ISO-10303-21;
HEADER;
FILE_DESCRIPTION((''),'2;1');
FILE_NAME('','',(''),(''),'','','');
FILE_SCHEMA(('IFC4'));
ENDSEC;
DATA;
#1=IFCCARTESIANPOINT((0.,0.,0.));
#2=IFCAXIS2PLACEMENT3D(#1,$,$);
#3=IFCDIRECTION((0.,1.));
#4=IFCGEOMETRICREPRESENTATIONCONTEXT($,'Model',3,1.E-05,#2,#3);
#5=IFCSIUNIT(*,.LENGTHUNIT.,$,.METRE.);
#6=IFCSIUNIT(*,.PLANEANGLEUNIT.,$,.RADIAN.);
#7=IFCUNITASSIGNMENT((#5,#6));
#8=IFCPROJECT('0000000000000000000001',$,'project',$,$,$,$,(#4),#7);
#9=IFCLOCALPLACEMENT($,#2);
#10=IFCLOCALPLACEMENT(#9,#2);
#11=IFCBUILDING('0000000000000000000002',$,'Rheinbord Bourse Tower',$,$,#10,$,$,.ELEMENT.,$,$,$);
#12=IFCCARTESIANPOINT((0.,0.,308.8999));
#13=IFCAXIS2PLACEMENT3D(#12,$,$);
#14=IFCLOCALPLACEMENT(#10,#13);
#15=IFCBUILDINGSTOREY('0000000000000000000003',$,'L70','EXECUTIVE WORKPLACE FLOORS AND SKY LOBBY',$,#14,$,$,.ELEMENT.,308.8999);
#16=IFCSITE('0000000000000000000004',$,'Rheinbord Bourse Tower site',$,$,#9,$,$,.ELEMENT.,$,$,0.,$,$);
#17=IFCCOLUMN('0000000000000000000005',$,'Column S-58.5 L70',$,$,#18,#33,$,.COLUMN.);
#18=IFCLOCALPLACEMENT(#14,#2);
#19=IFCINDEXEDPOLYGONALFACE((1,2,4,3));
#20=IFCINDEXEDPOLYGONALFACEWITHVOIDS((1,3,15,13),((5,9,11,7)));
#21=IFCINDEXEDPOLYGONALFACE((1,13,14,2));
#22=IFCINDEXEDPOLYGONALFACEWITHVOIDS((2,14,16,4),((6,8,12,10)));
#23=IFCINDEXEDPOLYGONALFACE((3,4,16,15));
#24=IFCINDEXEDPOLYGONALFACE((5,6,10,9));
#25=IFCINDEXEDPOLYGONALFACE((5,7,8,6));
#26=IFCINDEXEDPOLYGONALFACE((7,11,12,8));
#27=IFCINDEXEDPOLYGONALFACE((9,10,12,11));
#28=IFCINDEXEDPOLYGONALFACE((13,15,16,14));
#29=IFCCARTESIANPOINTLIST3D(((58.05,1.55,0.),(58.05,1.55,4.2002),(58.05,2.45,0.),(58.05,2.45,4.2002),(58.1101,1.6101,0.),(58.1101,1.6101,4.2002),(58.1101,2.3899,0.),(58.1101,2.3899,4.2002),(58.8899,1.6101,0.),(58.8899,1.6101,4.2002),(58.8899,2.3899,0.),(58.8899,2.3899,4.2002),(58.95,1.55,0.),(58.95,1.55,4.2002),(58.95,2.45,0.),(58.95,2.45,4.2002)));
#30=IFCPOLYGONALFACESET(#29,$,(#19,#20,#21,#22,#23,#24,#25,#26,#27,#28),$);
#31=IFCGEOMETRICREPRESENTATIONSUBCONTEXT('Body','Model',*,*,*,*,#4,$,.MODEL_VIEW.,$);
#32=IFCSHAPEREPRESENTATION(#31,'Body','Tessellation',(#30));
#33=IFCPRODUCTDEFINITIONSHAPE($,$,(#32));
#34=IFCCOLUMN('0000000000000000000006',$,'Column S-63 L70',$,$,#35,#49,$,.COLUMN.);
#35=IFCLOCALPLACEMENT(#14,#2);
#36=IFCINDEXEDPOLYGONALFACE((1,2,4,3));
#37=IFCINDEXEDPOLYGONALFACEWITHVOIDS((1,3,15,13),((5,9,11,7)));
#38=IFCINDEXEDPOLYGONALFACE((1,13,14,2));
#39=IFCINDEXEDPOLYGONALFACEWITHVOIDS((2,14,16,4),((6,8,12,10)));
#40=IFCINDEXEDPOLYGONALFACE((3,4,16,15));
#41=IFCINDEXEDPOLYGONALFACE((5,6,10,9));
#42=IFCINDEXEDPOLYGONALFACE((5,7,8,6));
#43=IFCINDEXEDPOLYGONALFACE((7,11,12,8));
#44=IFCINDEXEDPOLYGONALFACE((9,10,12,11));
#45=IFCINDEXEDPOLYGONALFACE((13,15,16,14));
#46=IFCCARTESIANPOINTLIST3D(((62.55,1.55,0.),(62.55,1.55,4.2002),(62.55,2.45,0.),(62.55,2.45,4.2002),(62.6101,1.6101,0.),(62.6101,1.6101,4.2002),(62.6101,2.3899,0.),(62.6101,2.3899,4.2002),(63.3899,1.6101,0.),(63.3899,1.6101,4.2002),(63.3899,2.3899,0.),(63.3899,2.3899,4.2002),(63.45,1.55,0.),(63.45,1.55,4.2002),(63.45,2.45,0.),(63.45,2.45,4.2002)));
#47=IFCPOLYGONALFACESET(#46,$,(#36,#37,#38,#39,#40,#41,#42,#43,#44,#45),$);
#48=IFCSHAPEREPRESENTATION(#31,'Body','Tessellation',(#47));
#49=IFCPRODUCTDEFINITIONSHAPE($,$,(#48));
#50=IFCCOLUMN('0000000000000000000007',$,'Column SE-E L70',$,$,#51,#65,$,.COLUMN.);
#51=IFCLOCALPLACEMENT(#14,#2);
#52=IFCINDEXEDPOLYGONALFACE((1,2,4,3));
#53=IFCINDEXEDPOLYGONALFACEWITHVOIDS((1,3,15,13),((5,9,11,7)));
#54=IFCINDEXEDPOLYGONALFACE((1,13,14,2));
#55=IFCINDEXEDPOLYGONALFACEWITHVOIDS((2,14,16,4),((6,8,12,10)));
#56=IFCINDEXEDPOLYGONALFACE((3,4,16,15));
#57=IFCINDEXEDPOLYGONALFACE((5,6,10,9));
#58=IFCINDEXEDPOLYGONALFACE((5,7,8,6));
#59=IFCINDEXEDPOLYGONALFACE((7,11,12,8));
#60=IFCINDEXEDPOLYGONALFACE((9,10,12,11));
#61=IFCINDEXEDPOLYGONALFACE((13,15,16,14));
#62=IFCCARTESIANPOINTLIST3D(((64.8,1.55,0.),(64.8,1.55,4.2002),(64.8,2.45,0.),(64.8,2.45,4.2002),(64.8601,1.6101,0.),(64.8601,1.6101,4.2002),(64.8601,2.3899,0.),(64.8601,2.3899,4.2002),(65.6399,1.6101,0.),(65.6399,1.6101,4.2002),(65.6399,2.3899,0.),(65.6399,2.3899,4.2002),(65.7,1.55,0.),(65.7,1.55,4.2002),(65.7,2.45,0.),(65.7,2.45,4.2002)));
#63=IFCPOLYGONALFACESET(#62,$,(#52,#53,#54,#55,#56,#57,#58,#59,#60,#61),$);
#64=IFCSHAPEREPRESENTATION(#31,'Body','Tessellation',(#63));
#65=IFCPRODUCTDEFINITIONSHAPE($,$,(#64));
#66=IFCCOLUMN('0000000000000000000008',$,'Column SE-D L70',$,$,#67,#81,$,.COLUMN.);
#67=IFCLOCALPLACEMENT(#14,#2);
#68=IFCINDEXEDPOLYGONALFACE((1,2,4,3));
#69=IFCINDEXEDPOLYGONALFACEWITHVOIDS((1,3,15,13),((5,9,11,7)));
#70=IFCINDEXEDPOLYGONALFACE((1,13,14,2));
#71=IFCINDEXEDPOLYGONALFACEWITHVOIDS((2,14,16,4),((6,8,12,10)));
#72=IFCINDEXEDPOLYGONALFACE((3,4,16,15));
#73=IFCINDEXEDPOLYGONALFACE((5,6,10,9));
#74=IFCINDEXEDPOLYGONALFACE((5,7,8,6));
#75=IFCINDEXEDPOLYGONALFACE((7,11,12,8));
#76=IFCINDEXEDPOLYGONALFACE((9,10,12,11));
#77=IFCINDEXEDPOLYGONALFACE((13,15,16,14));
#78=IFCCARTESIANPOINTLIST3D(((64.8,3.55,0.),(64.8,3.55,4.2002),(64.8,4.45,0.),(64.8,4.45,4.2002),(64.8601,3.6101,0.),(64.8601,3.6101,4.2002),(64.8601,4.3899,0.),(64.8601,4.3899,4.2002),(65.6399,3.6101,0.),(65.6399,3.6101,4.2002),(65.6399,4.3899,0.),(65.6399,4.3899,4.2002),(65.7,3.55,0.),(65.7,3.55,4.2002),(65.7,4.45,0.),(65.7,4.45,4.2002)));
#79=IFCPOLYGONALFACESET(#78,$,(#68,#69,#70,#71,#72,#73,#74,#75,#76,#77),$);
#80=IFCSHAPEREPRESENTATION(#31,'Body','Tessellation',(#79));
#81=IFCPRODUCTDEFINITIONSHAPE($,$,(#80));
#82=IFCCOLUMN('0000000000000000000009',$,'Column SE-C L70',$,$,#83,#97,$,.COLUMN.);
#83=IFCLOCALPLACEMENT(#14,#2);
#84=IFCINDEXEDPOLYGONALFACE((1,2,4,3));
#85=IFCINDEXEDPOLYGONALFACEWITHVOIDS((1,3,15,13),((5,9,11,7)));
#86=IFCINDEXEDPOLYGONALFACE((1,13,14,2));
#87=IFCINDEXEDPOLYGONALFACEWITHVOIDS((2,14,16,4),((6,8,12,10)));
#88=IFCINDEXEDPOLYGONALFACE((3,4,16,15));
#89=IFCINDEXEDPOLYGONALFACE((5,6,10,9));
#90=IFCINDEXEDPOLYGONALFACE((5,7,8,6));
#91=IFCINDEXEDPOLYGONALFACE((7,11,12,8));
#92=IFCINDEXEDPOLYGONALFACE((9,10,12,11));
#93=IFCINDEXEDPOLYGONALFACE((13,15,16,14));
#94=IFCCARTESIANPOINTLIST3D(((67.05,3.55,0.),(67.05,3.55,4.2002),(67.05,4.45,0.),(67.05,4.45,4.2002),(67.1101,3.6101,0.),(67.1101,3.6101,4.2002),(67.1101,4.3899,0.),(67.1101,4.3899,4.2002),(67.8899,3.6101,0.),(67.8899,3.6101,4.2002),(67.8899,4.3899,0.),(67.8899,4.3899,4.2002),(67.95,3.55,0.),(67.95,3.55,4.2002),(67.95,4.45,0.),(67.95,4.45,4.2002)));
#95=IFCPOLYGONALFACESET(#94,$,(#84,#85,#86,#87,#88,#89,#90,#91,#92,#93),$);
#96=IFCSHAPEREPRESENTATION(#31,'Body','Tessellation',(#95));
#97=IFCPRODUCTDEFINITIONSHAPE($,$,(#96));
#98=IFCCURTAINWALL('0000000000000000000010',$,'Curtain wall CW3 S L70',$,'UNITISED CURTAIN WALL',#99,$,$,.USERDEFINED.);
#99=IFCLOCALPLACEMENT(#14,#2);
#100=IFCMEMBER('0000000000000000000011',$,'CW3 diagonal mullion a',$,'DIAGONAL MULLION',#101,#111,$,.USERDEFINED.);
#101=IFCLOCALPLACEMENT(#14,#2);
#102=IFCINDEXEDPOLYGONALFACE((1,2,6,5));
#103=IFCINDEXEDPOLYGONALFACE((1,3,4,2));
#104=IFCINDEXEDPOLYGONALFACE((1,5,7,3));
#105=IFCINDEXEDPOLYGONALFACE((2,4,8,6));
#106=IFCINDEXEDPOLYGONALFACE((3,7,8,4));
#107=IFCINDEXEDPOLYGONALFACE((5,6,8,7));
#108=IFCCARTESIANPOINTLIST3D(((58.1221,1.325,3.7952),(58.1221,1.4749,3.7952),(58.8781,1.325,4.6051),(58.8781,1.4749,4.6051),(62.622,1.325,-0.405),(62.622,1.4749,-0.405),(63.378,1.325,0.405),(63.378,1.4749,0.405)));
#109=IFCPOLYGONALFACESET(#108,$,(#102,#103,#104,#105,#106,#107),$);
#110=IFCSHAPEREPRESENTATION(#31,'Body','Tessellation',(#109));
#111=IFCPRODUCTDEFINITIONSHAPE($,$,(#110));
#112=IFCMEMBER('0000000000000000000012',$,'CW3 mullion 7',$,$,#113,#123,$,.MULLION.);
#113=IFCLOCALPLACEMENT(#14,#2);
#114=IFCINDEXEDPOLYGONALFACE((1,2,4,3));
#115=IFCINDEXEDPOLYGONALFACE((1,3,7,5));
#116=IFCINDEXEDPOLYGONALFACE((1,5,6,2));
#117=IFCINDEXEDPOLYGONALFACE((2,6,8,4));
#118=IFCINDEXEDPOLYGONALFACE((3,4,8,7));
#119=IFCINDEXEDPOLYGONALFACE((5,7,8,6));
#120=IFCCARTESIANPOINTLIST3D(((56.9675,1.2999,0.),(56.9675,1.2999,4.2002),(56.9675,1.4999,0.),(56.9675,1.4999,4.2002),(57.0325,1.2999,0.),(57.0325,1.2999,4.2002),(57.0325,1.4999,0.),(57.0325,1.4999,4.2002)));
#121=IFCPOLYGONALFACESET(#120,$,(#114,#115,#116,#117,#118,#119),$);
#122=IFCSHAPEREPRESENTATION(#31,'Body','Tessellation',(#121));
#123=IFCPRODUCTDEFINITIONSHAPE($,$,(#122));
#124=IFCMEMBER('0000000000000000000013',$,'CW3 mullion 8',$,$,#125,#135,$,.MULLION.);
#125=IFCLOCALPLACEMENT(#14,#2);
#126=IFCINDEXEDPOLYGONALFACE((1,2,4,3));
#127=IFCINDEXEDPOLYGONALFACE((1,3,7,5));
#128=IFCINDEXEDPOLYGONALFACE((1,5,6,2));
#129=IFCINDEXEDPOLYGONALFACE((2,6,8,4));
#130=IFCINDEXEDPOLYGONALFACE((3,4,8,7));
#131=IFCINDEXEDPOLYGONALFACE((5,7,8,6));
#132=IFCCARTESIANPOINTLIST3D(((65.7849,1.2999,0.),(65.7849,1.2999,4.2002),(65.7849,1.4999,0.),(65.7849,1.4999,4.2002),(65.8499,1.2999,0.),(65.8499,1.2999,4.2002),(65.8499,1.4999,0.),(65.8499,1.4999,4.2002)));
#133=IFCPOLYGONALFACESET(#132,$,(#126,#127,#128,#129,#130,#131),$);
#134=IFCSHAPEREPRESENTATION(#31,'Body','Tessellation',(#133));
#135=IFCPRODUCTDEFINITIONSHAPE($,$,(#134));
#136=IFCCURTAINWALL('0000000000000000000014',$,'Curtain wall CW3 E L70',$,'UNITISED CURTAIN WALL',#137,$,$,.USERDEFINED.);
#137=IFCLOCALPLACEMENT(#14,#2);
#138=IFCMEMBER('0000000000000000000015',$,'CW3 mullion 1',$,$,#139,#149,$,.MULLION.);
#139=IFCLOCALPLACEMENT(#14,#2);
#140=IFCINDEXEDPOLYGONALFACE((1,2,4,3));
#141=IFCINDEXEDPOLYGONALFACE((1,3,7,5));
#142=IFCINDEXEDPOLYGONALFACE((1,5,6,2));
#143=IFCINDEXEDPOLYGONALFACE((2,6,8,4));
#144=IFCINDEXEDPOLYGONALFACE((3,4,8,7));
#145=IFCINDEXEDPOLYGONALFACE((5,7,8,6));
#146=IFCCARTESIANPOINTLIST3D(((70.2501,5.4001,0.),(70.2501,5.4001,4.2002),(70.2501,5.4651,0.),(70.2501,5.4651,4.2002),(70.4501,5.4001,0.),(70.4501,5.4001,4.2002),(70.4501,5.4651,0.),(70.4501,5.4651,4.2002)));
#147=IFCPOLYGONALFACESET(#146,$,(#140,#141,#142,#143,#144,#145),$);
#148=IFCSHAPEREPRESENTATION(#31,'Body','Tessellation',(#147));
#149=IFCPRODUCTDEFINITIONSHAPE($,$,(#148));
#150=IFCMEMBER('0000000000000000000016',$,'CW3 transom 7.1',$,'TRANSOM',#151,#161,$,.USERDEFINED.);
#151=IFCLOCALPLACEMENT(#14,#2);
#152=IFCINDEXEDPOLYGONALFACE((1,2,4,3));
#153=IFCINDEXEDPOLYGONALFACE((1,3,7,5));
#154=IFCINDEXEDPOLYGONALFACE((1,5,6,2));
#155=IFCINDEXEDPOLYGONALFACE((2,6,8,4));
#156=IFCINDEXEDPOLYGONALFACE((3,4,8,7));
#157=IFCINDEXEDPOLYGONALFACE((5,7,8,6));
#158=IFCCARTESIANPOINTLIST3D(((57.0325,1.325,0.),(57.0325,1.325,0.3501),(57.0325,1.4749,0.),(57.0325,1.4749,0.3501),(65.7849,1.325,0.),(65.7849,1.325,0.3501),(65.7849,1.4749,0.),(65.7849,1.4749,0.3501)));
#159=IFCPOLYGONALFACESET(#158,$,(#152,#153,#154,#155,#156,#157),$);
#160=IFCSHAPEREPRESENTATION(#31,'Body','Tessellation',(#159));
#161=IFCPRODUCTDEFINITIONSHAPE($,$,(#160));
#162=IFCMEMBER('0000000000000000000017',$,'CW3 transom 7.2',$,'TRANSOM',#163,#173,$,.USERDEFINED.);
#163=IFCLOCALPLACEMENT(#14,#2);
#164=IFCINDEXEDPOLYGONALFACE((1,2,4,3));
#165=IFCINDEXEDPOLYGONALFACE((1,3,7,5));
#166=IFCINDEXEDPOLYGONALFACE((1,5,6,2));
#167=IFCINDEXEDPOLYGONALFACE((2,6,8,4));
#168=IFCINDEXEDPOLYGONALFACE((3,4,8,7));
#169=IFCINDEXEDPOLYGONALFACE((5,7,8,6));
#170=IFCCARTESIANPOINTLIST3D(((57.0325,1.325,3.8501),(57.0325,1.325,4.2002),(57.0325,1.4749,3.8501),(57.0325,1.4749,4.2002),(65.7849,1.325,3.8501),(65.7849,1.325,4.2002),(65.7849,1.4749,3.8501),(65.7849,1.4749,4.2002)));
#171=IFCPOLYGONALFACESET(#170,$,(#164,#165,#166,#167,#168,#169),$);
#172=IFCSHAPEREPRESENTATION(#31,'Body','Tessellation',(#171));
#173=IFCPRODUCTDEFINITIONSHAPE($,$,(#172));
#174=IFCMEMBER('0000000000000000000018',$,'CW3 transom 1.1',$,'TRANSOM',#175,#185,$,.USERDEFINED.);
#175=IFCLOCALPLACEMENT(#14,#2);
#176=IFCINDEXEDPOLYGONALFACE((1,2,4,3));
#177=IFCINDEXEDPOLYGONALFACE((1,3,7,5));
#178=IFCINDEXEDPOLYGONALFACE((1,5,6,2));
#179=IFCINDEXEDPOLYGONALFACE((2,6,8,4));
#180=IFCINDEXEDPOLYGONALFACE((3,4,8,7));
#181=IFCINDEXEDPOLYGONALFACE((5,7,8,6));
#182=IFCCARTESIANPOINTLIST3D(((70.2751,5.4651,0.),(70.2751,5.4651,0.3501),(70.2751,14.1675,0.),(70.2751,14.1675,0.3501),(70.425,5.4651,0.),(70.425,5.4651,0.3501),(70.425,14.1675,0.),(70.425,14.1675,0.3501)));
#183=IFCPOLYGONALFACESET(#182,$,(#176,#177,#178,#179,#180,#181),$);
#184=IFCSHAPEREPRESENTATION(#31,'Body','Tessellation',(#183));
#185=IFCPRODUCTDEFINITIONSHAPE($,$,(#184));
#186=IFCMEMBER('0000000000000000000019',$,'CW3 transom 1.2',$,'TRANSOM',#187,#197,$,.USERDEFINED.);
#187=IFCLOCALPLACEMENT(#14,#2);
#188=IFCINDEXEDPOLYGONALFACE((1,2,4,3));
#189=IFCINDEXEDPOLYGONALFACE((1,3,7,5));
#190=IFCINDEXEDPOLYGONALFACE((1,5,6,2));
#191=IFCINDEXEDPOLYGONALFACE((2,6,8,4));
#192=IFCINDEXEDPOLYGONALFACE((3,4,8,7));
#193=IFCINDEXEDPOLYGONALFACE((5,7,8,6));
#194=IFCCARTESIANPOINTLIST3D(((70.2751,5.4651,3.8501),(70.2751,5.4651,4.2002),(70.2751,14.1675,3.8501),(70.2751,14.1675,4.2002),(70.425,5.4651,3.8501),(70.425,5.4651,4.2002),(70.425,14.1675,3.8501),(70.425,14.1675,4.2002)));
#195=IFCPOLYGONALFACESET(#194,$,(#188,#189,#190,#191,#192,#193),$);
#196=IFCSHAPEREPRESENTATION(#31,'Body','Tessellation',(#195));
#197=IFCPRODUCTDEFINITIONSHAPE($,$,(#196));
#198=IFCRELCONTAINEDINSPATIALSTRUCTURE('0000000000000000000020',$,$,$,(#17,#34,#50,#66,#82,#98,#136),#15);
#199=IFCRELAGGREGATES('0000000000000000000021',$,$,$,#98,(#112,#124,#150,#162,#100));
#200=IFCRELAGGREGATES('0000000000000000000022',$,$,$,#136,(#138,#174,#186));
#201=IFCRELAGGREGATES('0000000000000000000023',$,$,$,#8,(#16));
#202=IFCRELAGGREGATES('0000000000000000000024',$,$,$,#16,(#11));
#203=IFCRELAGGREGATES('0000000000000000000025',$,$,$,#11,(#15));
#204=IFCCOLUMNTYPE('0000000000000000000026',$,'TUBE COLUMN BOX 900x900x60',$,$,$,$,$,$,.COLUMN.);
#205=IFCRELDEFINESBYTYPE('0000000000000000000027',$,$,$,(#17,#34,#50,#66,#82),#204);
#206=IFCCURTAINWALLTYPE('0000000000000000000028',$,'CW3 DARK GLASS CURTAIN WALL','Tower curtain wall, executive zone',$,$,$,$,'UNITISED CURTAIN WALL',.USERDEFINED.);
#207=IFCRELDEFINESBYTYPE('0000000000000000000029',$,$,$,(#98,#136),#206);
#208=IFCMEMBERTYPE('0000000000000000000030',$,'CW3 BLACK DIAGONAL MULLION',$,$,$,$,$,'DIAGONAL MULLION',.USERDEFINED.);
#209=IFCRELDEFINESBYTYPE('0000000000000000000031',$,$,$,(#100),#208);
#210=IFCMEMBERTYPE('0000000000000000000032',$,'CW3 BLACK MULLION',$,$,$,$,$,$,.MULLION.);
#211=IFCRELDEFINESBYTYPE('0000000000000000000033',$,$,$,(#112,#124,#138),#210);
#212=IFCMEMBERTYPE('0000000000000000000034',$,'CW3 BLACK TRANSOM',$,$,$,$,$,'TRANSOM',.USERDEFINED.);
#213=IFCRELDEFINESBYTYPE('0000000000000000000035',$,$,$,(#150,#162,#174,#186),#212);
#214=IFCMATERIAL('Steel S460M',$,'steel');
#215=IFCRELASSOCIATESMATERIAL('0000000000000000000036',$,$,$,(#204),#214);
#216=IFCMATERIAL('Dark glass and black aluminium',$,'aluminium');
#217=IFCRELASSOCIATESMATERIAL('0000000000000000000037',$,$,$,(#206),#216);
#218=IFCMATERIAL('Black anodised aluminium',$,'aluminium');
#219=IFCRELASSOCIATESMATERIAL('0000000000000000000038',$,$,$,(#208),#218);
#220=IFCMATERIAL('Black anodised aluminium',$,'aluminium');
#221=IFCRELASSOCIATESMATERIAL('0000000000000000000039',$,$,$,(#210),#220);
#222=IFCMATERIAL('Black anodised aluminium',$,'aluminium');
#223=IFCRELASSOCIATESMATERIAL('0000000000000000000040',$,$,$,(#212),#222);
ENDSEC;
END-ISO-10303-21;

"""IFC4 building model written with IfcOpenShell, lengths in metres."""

from ifc_helpers import new_model, si_unit, direction, frame, origin, origin_2d, place, context, subcontext, project, spatial, rectangle, hollow_rectangle, extrude, material, material_profile, profile_set, type_object, element, aggregate, save


model = new_model("IFC4")

# Units and contexts
model_context = context("Model", 3, precision=1e-05, world=origin(), true_north=direction((0.0, 1.0)))
body_context = subcontext(model_context, "Body", "Model", "MODEL_VIEW")
ifc_project = project(units=[si_unit("LENGTHUNIT", "METRE"), si_unit("PLANEANGLEUNIT", "RADIAN")], contexts=[model_context])

# Site, building, storey
site_placement = place(None, origin())
site = spatial("IfcSite", under=ifc_project, at=site_placement, Name="Rheinbord Bourse Tower site", CompositionType="ELEMENT", RefElevation=0.0)
building_placement = place(site_placement, origin())
building = spatial("IfcBuilding", under=site, at=building_placement, Name="Rheinbord Bourse Tower", CompositionType="ELEMENT")
storey_placement = place(building_placement, frame((0.0, 0.0, 308.8999)))
storey = spatial("IfcBuildingStorey", under=building, at=storey_placement, Name="L70", Description="EXECUTIVE WORKPLACE FLOORS AND SKY LOBBY", CompositionType="ELEMENT", Elevation=308.8999)

# Columns
ifc_material_1 = material(Name="Steel S460M", Category="steel")
ifc_material_profile_1 = material_profile(ifc_material_1, hollow_rectangle(XDim=0.8999, YDim=0.8999, WallThickness=0.0601, at=origin_2d()), Name="BOX 900x900x60")
ifc_profile_set_1 = profile_set([ifc_material_profile_1], Name="Steel S460M")
column_type = type_object("IfcColumnType", Name="TUBE COLUMN BOX 900x900x60", PredefinedType="COLUMN", material=ifc_profile_set_1)
for number, where, z_axis, x_axis, name in (
    (1, (58.5, 2.0, 0.0), (0.0, 0.0, 1.0), (0.0, 1.0, 0.0), "Column S-58.5 L70"),
    (2, (63.0, 2.0, 0.0), (0.0, 0.0, 1.0), (0.0, 1.0, 0.0), "Column S-63 L70"),
    (3, (65.25, 2.0, 0.0), (0.0, 0.0, 1.0), (0.0, 1.0, 0.0), "Column SE-E L70"),
    (4, (65.25, 4.0, 0.0), (0.0, 0.0, 1.0), (0.0, 1.0, 0.0), "Column SE-D L70"),
    (5, (67.5, 4.0, 0.0), (0.0, 0.0, 1.0), (1.0, 0.0, 0.0), "Column SE-C L70"),
):
    element("IfcColumn", number, at=place(storey_placement, frame(where, z_axis=z_axis, x_axis=x_axis)), inside=storey, type_object=column_type, Name=name, PredefinedType="COLUMN", context=body_context, shape_type="SweptSolid", body=[
        extrude(hollow_rectangle(XDim=0.8999, YDim=0.8999, WallThickness=0.0601, at=origin_2d()), origin(), (0.0, 0.0, 1.0), 4.2002),
    ])

# Curtain wall, members
ifc_material_2 = material(Name="Dark glass and black aluminium", Category="aluminium")
curtain_wall_type = type_object("IfcCurtainWallType", Name="CW3 DARK GLASS CURTAIN WALL", Description="Tower curtain wall, executive zone", ElementType="UNITISED CURTAIN WALL", PredefinedType="USERDEFINED", material=ifc_material_2)
curtain_wall_1_placement = place(storey_placement, origin())
curtain_wall_1 = element("IfcCurtainWall", 6, at=curtain_wall_1_placement, inside=storey, type_object=curtain_wall_type, Name="Curtain wall CW3 S L70", ObjectType="UNITISED CURTAIN WALL", PredefinedType="USERDEFINED")
ifc_material_3 = material(Name="Black anodised aluminium", Category="aluminium")
ifc_material_profile_2 = material_profile(ifc_material_3, rectangle(XDim=0.1499, YDim=1.1079, at=origin_2d()), Name="CW3 DIAGONAL MULLION 1108x150")
ifc_profile_set_2 = profile_set([ifc_material_profile_2], Name="Black anodised aluminium")
member_type_1 = type_object("IfcMemberType", Name="CW3 BLACK DIAGONAL MULLION", ElementType="DIAGONAL MULLION", PredefinedType="USERDEFINED", material=ifc_profile_set_2)
member_1_placement = place(storey_placement, frame((63.0, 1.3999, 0.0), z_axis=(-0.731039, 0.0, 0.682335), x_axis=(0.0, -1.0, 0.0)))
member_1 = element("IfcMember", 7, at=member_1_placement, type_object=member_type_1, Name="CW3 diagonal mullion a", ObjectType="DIAGONAL MULLION", PredefinedType="USERDEFINED", context=body_context, shape_type="SweptSolid", body=[
    extrude(rectangle(XDim=0.1499, YDim=1.1079, at=origin_2d()), origin(), (0.0, 0.0, 1.0), 6.1555),
])
ifc_material_4 = material(Name="Black anodised aluminium", Category="aluminium")
ifc_material_profile_3 = material_profile(ifc_material_4, rectangle(XDim=0.2, YDim=0.0649, at=origin_2d()), Name="CW3 MULLION 65x200")
ifc_profile_set_3 = profile_set([ifc_material_profile_3], Name="Black anodised aluminium")
member_type_2 = type_object("IfcMemberType", Name="CW3 BLACK MULLION", PredefinedType="MULLION", material=ifc_profile_set_3)
member_2_placement = place(storey_placement, frame((57.0, 1.3999, 0.0), z_axis=(0.0, 0.0, 1.0), x_axis=(0.0, 1.0, 0.0)))
member_2 = element("IfcMember", 8, at=member_2_placement, type_object=member_type_2, Name="CW3 mullion 7", PredefinedType="MULLION", context=body_context, shape_type="SweptSolid", body=[
    extrude(rectangle(XDim=0.2, YDim=0.0649, at=origin_2d()), origin(), (0.0, 0.0, 1.0), 4.2002),
])
member_3_placement = place(storey_placement, frame((65.8174, 1.3999, 0.0), z_axis=(0.0, 0.0, 1.0), x_axis=(0.0, 1.0, 0.0)))
member_3 = element("IfcMember", 9, at=member_3_placement, type_object=member_type_2, Name="CW3 mullion 8", PredefinedType="MULLION", context=body_context, shape_type="SweptSolid", body=[
    extrude(rectangle(XDim=0.2, YDim=0.0649, at=origin_2d()), origin(), (0.0, 0.0, 1.0), 4.2002),
])

# Curtain wall, member
curtain_wall_2_placement = place(storey_placement, origin())
curtain_wall_2 = element("IfcCurtainWall", 10, at=curtain_wall_2_placement, inside=storey, type_object=curtain_wall_type, Name="Curtain wall CW3 E L70", ObjectType="UNITISED CURTAIN WALL", PredefinedType="USERDEFINED")
member_4_placement = place(storey_placement, frame((70.3501, 5.4326, 0.0), z_axis=(0.0, 0.0, 1.0), x_axis=(-1.0, 0.0, 0.0)))
member_4 = element("IfcMember", 11, at=member_4_placement, type_object=member_type_2, Name="CW3 mullion 1", PredefinedType="MULLION", context=body_context, shape_type="SweptSolid", body=[
    extrude(rectangle(XDim=0.2, YDim=0.0649, at=origin_2d()), origin(), (0.0, 0.0, 1.0), 4.2002),
])

# Members
ifc_material_5 = material(Name="Black anodised aluminium", Category="aluminium")
ifc_material_profile_4 = material_profile(ifc_material_5, rectangle(XDim=0.1499, YDim=0.3501, at=origin_2d()), Name="CW3 TRANSOM 350x150")
ifc_profile_set_4 = profile_set([ifc_material_profile_4], Name="Black anodised aluminium")
member_type_3 = type_object("IfcMemberType", Name="CW3 BLACK TRANSOM", ElementType="TRANSOM", PredefinedType="USERDEFINED", material=ifc_profile_set_4)
member_5_placement = place(storey_placement, frame((57.0325, 1.3999, 0.175), z_axis=(1.0, 0.0, 0.0), x_axis=(0.0, 1.0, 0.0)))
member_5 = element("IfcMember", 12, at=member_5_placement, type_object=member_type_3, Name="CW3 transom 7.1", ObjectType="TRANSOM", PredefinedType="USERDEFINED", context=body_context, shape_type="SweptSolid", body=[
    extrude(rectangle(XDim=0.1499, YDim=0.3501, at=origin_2d()), origin(), (0.0, 0.0, 1.0), 8.7524),
])
member_6_placement = place(storey_placement, frame((57.0325, 1.3999, 4.0251), z_axis=(1.0, 0.0, 0.0), x_axis=(0.0, 1.0, 0.0)))
member_6 = element("IfcMember", 13, at=member_6_placement, type_object=member_type_3, Name="CW3 transom 7.2", ObjectType="TRANSOM", PredefinedType="USERDEFINED", context=body_context, shape_type="SweptSolid", body=[
    extrude(rectangle(XDim=0.1499, YDim=0.3501, at=origin_2d()), origin(), (0.0, 0.0, 1.0), 8.7524),
])
member_7_placement = place(storey_placement, frame((70.3501, 5.4651, 0.175), z_axis=(0.0, 1.0, 0.0), x_axis=(-1.0, 0.0, 0.0)))
member_7 = element("IfcMember", 14, at=member_7_placement, type_object=member_type_3, Name="CW3 transom 1.1", ObjectType="TRANSOM", PredefinedType="USERDEFINED", context=body_context, shape_type="SweptSolid", body=[
    extrude(rectangle(XDim=0.1499, YDim=0.3501, at=origin_2d()), origin(), (0.0, 0.0, 1.0), 8.7024),
])
member_8_placement = place(storey_placement, frame((70.3501, 5.4651, 4.0251), z_axis=(0.0, 1.0, 0.0), x_axis=(-1.0, 0.0, 0.0)))
member_8 = element("IfcMember", 15, at=member_8_placement, type_object=member_type_3, Name="CW3 transom 1.2", ObjectType="TRANSOM", PredefinedType="USERDEFINED", context=body_context, shape_type="SweptSolid", body=[
    extrude(rectangle(XDim=0.1499, YDim=0.3501, at=origin_2d()), origin(), (0.0, 0.0, 1.0), 8.7024),
])

aggregate(curtain_wall_1, [member_2, member_3, member_5, member_6, member_1])
aggregate(curtain_wall_2, [member_4, member_7, member_8])

save(model, "model.ifc")
